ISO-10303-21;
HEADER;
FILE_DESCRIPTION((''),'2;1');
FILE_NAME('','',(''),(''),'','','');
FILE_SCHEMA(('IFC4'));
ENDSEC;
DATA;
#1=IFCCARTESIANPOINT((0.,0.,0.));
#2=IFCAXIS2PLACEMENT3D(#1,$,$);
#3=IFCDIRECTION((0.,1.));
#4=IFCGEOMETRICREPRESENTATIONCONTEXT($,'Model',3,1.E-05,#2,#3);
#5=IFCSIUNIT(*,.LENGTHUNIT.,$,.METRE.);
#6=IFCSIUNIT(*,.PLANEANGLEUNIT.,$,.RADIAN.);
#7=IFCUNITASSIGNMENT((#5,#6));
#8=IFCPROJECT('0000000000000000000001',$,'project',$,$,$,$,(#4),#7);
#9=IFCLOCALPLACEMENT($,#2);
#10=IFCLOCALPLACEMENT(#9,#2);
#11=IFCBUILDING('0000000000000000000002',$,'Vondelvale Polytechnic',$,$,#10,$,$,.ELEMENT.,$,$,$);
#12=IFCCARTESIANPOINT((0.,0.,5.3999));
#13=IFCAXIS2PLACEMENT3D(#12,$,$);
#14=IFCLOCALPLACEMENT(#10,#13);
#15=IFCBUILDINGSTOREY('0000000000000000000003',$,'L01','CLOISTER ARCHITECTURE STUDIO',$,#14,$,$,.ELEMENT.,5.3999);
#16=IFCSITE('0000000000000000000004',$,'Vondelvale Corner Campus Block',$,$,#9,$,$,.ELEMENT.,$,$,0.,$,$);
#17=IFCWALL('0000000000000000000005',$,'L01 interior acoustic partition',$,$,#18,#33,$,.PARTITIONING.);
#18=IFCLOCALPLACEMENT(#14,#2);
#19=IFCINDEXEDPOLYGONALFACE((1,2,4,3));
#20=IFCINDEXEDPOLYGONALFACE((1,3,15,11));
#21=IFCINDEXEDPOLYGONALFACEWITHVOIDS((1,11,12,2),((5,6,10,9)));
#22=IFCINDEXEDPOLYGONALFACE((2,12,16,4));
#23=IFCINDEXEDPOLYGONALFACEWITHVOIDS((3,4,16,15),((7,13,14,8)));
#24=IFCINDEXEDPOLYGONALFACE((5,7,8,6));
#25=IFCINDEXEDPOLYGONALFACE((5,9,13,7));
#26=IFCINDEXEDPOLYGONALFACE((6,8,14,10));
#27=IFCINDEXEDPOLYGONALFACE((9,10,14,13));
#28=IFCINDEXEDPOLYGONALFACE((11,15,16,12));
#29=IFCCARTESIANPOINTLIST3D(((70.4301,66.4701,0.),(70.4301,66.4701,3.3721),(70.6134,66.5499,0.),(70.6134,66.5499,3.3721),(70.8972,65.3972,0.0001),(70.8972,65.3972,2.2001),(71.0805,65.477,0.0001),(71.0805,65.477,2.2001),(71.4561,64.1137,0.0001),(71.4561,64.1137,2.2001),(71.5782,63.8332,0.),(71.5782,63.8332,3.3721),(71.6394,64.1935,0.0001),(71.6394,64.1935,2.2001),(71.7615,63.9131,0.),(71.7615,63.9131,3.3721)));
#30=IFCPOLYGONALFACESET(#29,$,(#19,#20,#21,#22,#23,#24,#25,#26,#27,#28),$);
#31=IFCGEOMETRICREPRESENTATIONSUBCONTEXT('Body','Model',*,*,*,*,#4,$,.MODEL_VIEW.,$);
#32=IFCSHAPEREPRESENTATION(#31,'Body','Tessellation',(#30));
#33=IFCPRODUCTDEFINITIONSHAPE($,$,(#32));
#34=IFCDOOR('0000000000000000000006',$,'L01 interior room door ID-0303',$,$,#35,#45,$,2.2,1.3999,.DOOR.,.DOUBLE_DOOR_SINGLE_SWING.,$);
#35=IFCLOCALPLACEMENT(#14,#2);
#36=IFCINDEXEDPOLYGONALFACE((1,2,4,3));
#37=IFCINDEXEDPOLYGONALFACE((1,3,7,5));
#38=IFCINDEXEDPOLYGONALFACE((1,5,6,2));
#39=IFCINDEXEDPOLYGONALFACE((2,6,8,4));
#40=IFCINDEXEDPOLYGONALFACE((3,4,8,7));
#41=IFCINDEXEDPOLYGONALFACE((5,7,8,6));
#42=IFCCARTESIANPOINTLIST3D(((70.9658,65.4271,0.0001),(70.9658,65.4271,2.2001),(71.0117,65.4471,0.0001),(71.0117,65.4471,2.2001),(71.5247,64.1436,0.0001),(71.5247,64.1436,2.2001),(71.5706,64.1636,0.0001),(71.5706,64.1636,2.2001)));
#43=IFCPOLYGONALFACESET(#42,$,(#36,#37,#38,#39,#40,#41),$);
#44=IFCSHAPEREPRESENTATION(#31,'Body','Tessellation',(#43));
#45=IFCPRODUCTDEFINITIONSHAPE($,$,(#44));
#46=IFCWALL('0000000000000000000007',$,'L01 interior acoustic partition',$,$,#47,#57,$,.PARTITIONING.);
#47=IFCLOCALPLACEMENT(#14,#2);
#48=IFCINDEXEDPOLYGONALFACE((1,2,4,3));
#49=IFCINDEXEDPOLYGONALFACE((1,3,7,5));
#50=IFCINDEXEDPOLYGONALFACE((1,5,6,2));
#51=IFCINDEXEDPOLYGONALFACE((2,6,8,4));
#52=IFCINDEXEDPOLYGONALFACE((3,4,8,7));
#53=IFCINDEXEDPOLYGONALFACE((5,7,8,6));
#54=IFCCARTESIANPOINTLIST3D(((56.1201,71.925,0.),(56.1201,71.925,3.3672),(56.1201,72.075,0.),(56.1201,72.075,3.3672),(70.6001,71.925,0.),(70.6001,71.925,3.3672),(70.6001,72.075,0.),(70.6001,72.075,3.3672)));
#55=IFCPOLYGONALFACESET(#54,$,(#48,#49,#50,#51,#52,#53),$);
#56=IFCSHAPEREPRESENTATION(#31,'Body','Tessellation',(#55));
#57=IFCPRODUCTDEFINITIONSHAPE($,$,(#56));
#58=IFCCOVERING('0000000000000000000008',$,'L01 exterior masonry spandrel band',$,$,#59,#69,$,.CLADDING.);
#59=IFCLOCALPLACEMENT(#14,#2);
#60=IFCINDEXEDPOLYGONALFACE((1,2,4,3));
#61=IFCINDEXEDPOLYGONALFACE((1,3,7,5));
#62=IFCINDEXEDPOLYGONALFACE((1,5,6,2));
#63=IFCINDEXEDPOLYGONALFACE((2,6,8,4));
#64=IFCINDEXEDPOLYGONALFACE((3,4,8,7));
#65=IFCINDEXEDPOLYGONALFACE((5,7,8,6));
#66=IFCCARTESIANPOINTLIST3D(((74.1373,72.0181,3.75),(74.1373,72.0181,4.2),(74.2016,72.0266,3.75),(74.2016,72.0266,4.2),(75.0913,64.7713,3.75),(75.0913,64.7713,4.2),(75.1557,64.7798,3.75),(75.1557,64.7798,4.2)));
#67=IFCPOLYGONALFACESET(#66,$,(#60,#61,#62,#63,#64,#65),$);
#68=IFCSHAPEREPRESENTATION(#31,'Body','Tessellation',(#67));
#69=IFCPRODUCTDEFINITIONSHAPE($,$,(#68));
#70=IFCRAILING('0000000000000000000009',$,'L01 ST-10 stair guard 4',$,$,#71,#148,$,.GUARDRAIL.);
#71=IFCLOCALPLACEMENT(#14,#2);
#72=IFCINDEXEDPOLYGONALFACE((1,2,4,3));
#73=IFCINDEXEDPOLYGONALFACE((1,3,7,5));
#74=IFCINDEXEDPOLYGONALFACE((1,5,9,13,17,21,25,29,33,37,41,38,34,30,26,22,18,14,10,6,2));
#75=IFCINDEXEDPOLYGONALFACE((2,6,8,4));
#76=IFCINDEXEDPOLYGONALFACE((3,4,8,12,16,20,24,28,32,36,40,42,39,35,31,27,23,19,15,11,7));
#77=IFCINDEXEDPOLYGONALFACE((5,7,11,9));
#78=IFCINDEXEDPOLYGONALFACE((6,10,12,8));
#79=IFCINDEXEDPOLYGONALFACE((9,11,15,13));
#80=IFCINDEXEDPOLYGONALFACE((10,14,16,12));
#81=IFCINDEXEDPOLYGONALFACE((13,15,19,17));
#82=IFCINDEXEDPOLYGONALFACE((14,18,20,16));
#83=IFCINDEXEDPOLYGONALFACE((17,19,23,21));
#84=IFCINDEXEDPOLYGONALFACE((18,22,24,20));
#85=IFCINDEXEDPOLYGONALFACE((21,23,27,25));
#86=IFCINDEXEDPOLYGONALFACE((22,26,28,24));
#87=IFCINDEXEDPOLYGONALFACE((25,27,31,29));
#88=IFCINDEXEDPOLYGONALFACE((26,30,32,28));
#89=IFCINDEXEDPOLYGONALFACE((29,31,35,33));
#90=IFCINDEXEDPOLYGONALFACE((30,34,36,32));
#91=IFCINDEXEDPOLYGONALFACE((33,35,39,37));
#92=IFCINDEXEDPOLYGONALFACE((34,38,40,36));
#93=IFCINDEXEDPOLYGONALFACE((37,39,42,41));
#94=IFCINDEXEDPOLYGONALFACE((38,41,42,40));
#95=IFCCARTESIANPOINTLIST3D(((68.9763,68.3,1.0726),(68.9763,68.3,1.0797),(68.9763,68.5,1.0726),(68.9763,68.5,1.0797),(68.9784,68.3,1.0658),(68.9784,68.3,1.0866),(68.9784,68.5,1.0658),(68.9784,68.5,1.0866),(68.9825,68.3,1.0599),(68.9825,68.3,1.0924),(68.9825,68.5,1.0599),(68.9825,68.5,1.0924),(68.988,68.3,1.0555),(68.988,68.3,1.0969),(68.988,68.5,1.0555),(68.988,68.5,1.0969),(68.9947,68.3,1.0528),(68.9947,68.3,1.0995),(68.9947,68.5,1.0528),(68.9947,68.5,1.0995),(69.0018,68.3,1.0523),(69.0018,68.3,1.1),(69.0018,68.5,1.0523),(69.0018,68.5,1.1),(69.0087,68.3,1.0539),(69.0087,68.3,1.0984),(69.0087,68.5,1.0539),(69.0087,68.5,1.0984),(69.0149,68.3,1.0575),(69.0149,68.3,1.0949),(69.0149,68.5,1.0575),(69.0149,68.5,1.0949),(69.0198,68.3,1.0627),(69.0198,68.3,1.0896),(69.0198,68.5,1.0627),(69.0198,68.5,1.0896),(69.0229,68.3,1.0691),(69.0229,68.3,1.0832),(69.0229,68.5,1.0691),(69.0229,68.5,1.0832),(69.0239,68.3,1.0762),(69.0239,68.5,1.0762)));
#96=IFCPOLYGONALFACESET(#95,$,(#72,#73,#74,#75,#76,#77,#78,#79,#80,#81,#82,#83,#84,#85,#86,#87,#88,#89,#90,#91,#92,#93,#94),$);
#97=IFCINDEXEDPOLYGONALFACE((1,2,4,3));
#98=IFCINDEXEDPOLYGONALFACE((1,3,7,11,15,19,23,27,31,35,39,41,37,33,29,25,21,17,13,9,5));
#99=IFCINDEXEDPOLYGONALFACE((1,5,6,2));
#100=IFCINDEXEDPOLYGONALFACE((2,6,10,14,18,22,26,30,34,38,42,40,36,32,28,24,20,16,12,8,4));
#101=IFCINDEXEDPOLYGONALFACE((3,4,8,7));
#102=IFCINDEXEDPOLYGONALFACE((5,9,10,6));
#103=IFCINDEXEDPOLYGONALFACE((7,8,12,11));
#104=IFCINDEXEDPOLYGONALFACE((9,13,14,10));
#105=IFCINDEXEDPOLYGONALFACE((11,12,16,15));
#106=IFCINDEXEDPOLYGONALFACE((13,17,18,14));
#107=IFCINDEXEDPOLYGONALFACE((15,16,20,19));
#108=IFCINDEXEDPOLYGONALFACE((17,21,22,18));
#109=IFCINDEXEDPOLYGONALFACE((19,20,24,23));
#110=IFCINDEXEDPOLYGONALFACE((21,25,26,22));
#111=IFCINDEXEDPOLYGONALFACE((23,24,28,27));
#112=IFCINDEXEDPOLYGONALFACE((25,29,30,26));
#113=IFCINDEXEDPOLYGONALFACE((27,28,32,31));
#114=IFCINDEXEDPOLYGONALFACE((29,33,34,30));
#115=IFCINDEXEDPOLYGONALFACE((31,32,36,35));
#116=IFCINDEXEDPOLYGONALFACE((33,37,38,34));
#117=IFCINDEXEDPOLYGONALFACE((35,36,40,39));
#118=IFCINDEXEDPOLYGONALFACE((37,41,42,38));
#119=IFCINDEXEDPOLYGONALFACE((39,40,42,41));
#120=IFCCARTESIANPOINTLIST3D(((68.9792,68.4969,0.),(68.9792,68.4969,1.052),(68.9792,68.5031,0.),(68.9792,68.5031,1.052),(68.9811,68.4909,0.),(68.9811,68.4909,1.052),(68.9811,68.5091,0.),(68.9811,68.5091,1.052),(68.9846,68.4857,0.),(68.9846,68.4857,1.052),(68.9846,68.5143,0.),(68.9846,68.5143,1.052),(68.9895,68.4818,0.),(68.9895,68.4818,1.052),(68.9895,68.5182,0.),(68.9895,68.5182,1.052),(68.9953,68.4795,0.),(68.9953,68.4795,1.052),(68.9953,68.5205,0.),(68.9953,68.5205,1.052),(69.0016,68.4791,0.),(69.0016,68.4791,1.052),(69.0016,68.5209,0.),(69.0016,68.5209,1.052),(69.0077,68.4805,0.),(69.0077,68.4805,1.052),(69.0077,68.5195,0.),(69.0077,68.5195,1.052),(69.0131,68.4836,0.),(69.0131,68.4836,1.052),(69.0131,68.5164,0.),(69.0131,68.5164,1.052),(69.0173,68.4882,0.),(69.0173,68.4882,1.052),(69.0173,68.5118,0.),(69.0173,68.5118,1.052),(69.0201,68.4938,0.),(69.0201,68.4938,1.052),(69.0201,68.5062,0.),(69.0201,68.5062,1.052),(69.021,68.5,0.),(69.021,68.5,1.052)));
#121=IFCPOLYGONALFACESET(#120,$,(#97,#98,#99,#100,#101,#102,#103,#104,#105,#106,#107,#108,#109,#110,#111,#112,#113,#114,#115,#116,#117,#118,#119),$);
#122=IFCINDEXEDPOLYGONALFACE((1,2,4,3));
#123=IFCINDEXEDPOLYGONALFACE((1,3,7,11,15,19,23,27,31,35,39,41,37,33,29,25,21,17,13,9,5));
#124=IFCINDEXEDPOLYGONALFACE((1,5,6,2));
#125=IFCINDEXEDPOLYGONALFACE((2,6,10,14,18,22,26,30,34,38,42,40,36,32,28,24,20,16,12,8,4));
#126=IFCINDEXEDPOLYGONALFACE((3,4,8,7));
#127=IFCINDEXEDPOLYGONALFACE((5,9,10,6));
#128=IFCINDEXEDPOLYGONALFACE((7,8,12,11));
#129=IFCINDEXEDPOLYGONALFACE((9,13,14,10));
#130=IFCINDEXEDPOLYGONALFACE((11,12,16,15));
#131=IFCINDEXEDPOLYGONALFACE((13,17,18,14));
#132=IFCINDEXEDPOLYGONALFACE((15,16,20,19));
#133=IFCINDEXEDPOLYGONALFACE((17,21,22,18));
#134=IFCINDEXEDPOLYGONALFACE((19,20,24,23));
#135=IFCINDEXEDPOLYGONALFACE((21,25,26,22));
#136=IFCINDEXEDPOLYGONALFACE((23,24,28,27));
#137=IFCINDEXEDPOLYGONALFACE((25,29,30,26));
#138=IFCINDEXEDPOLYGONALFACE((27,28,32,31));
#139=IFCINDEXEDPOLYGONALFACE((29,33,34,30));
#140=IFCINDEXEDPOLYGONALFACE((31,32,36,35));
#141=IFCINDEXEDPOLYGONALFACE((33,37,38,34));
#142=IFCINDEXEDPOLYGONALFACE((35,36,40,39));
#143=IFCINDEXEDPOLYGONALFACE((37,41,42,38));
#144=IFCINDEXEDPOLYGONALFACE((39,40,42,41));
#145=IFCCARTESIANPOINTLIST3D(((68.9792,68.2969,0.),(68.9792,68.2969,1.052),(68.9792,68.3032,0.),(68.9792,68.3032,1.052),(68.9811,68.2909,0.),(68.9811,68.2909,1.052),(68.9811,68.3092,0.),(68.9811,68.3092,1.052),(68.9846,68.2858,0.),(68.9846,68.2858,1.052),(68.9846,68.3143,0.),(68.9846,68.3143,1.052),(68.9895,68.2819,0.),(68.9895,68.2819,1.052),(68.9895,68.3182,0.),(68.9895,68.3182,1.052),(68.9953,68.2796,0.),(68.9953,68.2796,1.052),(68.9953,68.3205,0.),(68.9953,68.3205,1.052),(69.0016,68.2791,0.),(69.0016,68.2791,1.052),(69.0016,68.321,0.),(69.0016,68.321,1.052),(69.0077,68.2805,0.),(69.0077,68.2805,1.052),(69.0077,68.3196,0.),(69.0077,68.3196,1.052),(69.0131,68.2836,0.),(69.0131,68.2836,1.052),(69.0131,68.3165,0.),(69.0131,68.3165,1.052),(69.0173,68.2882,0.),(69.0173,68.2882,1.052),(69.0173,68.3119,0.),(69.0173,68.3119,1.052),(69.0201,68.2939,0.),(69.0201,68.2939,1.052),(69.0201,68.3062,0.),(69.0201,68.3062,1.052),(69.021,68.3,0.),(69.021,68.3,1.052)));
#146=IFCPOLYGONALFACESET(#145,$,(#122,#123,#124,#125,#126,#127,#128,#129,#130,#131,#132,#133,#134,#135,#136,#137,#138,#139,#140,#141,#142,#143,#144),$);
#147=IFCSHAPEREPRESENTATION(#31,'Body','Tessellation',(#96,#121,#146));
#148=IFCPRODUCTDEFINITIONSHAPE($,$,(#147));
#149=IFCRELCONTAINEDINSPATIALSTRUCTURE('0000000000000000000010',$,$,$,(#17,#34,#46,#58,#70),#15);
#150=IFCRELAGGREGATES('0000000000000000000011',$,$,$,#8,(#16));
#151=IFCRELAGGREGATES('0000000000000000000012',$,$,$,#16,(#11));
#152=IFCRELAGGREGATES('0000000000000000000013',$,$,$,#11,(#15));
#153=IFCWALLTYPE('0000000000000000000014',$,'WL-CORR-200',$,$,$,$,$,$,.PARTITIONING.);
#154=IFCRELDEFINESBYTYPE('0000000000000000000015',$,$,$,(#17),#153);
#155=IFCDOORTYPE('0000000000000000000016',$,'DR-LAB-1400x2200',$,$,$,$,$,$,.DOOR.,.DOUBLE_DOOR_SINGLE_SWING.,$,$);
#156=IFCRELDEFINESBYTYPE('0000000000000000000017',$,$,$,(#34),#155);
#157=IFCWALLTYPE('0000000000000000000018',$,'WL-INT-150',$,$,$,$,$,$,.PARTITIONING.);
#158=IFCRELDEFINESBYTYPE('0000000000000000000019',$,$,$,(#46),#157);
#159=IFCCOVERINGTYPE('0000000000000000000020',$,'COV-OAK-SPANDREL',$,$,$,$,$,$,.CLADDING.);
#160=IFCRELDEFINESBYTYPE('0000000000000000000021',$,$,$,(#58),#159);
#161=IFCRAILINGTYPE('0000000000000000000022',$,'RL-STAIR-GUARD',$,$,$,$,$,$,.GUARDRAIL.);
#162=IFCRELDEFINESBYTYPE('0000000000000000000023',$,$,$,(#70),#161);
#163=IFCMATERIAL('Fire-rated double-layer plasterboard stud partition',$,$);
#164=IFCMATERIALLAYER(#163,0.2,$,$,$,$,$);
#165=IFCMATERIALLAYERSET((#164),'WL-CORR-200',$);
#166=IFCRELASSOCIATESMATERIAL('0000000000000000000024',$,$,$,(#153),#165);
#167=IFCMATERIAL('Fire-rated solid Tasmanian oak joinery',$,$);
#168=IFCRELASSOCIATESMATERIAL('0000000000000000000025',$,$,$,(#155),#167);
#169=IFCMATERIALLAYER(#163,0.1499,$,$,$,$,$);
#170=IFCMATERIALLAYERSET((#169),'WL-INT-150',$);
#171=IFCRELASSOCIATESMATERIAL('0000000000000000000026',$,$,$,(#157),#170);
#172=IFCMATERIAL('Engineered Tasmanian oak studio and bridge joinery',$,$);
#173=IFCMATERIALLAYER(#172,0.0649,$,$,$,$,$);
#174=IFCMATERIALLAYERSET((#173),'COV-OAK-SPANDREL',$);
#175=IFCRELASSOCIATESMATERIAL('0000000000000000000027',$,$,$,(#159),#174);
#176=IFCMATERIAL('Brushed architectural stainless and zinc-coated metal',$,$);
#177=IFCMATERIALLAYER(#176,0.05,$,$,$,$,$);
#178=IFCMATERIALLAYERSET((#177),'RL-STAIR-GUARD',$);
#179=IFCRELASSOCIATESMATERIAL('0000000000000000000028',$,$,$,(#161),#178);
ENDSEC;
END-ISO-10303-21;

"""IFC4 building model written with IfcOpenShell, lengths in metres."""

from ifc_helpers import new_model, si_unit, direction, frame, frame_2d, origin, origin_2d, place, context, subcontext, project, spatial, rectangle, circle, extrude, material, layer, layer_set, type_object, element, fill, save


model = new_model("IFC4")

# Units and contexts
model_context = context("Model", 3, precision=1e-05, world=origin(), true_north=direction((0.0, 1.0)))
body_context = subcontext(model_context, "Body", "Model", "MODEL_VIEW")
ifc_project = project(units=[si_unit("LENGTHUNIT", "METRE"), si_unit("PLANEANGLEUNIT", "RADIAN")], contexts=[model_context])

# Site, building, storey
site_placement = place(None, origin())
site = spatial("IfcSite", under=ifc_project, at=site_placement, Name="Vondelvale Corner Campus Block", CompositionType="ELEMENT", RefElevation=0.0)
building_placement = place(site_placement, origin())
building = spatial("IfcBuilding", under=site, at=building_placement, Name="Vondelvale Polytechnic", CompositionType="ELEMENT")
storey_placement = place(building_placement, frame((0.0, 0.0, 5.3999)))
storey = spatial("IfcBuildingStorey", under=building, at=storey_placement, Name="L01", Description="CLOISTER ARCHITECTURE STUDIO", CompositionType="ELEMENT", Elevation=5.3999)

# Shared definitions
ifc_material_1 = material(Name="Engineered Tasmanian oak studio and bridge joinery")

# Wall, opening, door
ifc_material_2 = material(Name="Brushed architectural stainless and zinc-coated metal")
ifc_material_3 = material(Name="Fire-rated double-layer plasterboard stud partition")
ifc_layer_1 = layer(ifc_material_3, 0.2)
ifc_layer_set_1 = layer_set([ifc_layer_1], Name="WL-CORR-200")
wall_type_1 = type_object("IfcWallType", Name="WL-CORR-200", PredefinedType="PARTITIONING", material=ifc_layer_set_1)
ifc_material_4 = material(Name="Fire-rated solid Tasmanian oak joinery")
wall_1_placement = place(storey_placement, frame((70.5217, 66.51, 0.0), z_axis=(0.0, 0.0, 1.0), x_axis=(0.39922, -0.916855, 0.0)))
wall_1 = element("IfcWall", 1, at=wall_1_placement, inside=storey, type_object=wall_type_1, Name="L01 interior acoustic partition", PredefinedType="PARTITIONING", context=body_context, shape_type="SweptSolid", body=[
    extrude(rectangle(XDim=2.876, YDim=0.2, at=frame_2d((1.438, 0.0))), origin(), (0.0, 0.0, 1.0), 3.3721),
])
opening_1_placement = place(wall_1_placement, frame((1.1702, 0.0, 0.0)))
opening_1 = element("IfcOpeningElement", 2, at=opening_1_placement, cuts=wall_1, PredefinedType="OPENING", context=body_context, shape_type="SweptSolid", body=[
    extrude(rectangle(XDim=1.3999, YDim=2.2, at=frame_2d((0.7, 1.1001))), frame((0.0, 0.1099, 0.0), z_axis=(0.0, -1.0, 0.0), x_axis=(1.0, 0.0, 0.0)), (0.0, 0.0, 1.0), 0.22),
])
door_type_1 = type_object("IfcDoorType", Name="DR-LAB-1400x2200", OperationType="DOUBLE_DOOR_SINGLE_SWING", PredefinedType="DOOR", material=ifc_material_4)
door_1_placement = place(opening_1_placement, origin())
door_1 = element("IfcDoor", 3, at=door_1_placement, inside=storey, type_object=door_type_1, Name="L01 interior room door ID-0303", OperationType="DOUBLE_DOOR_SINGLE_SWING", OverallHeight=2.2, OverallWidth=1.3999, PredefinedType="DOOR", context=body_context, shape_type="SweptSolid", body=[
    extrude(rectangle(XDim=1.3999, YDim=2.2, at=frame_2d((0.7, 1.1001))), frame((0.0, 0.0249, 0.0), z_axis=(0.0, -1.0, 0.0), x_axis=(1.0, 0.0, 0.0)), (0.0, 0.0, 1.0), 0.05),
])
fill(opening_1, door_1)

# Wall
ifc_layer_2 = layer(ifc_material_3, 0.1499)
ifc_layer_set_2 = layer_set([ifc_layer_2], Name="WL-INT-150")
wall_type_2 = type_object("IfcWallType", Name="WL-INT-150", PredefinedType="PARTITIONING", material=ifc_layer_set_2)
wall_2_placement = place(storey_placement, frame((70.6001, 72.0, 0.0), z_axis=(0.0, 0.0, 1.0), x_axis=(-1.0, 0.0, 0.0)))
element("IfcWall", 4, at=wall_2_placement, inside=storey, type_object=wall_type_2, Name="L01 interior acoustic partition", PredefinedType="PARTITIONING", context=body_context, shape_type="SweptSolid", body=[
    extrude(rectangle(XDim=14.48, YDim=0.1499, at=frame_2d((7.24, 0.0))), origin(), (0.0, 0.0, 1.0), 3.3672),
])

# Covering
ifc_layer_3 = layer(ifc_material_1, 0.0649)
ifc_layer_set_3 = layer_set([ifc_layer_3], Name="COV-OAK-SPANDREL")
covering_type = type_object("IfcCoveringType", Name="COV-OAK-SPANDREL", PredefinedType="CLADDING", material=ifc_layer_set_3)
covering_placement = place(storey_placement, frame((74.6465, 68.3989, 3.75), z_axis=(0.0, 0.0, 1.0), x_axis=(0.130526, -0.991445, 0.0)))
element("IfcCovering", 5, at=covering_placement, inside=storey, type_object=covering_type, Name="L01 exterior masonry spandrel band", PredefinedType="CLADDING", context=body_context, shape_type="SweptSolid", body=[
    extrude(rectangle(XDim=7.3093, YDim=0.0649, at=origin_2d()), origin(), (0.0, 0.0, 1.0), 0.45),
])

# Railing
ifc_layer_4 = layer(ifc_material_2, 0.05)
ifc_layer_set_4 = layer_set([ifc_layer_4], Name="RL-STAIR-GUARD")
railing_type = type_object("IfcRailingType", Name="RL-STAIR-GUARD", PredefinedType="GUARDRAIL", material=ifc_layer_set_4)
railing_placement = place(storey_placement, frame((69.0, 68.5, 0.0)))
element("IfcRailing", 6, at=railing_placement, inside=storey, type_object=railing_type, Name="L01 ST-10 stair guard 4", PredefinedType="GUARDRAIL", context=body_context, shape_type="SweptSolid", body=[
    extrude(circle(Radius=0.0239, at=origin_2d()), frame((0.0, 0.0, 1.0762), z_axis=(0.0, -1.0, 0.0), x_axis=(1.0, 0.0, 0.0)), (0.0, 0.0, 1.0), 0.2),
    extrude(circle(Radius=0.021, at=origin_2d()), origin(), (0.0, 0.0, 1.0), 1.052),
    extrude(circle(Radius=0.021, at=origin_2d()), frame((0.0, -0.2, 0.0)), (0.0, 0.0, 1.0), 1.052),
])

save(model, "model.ifc")
